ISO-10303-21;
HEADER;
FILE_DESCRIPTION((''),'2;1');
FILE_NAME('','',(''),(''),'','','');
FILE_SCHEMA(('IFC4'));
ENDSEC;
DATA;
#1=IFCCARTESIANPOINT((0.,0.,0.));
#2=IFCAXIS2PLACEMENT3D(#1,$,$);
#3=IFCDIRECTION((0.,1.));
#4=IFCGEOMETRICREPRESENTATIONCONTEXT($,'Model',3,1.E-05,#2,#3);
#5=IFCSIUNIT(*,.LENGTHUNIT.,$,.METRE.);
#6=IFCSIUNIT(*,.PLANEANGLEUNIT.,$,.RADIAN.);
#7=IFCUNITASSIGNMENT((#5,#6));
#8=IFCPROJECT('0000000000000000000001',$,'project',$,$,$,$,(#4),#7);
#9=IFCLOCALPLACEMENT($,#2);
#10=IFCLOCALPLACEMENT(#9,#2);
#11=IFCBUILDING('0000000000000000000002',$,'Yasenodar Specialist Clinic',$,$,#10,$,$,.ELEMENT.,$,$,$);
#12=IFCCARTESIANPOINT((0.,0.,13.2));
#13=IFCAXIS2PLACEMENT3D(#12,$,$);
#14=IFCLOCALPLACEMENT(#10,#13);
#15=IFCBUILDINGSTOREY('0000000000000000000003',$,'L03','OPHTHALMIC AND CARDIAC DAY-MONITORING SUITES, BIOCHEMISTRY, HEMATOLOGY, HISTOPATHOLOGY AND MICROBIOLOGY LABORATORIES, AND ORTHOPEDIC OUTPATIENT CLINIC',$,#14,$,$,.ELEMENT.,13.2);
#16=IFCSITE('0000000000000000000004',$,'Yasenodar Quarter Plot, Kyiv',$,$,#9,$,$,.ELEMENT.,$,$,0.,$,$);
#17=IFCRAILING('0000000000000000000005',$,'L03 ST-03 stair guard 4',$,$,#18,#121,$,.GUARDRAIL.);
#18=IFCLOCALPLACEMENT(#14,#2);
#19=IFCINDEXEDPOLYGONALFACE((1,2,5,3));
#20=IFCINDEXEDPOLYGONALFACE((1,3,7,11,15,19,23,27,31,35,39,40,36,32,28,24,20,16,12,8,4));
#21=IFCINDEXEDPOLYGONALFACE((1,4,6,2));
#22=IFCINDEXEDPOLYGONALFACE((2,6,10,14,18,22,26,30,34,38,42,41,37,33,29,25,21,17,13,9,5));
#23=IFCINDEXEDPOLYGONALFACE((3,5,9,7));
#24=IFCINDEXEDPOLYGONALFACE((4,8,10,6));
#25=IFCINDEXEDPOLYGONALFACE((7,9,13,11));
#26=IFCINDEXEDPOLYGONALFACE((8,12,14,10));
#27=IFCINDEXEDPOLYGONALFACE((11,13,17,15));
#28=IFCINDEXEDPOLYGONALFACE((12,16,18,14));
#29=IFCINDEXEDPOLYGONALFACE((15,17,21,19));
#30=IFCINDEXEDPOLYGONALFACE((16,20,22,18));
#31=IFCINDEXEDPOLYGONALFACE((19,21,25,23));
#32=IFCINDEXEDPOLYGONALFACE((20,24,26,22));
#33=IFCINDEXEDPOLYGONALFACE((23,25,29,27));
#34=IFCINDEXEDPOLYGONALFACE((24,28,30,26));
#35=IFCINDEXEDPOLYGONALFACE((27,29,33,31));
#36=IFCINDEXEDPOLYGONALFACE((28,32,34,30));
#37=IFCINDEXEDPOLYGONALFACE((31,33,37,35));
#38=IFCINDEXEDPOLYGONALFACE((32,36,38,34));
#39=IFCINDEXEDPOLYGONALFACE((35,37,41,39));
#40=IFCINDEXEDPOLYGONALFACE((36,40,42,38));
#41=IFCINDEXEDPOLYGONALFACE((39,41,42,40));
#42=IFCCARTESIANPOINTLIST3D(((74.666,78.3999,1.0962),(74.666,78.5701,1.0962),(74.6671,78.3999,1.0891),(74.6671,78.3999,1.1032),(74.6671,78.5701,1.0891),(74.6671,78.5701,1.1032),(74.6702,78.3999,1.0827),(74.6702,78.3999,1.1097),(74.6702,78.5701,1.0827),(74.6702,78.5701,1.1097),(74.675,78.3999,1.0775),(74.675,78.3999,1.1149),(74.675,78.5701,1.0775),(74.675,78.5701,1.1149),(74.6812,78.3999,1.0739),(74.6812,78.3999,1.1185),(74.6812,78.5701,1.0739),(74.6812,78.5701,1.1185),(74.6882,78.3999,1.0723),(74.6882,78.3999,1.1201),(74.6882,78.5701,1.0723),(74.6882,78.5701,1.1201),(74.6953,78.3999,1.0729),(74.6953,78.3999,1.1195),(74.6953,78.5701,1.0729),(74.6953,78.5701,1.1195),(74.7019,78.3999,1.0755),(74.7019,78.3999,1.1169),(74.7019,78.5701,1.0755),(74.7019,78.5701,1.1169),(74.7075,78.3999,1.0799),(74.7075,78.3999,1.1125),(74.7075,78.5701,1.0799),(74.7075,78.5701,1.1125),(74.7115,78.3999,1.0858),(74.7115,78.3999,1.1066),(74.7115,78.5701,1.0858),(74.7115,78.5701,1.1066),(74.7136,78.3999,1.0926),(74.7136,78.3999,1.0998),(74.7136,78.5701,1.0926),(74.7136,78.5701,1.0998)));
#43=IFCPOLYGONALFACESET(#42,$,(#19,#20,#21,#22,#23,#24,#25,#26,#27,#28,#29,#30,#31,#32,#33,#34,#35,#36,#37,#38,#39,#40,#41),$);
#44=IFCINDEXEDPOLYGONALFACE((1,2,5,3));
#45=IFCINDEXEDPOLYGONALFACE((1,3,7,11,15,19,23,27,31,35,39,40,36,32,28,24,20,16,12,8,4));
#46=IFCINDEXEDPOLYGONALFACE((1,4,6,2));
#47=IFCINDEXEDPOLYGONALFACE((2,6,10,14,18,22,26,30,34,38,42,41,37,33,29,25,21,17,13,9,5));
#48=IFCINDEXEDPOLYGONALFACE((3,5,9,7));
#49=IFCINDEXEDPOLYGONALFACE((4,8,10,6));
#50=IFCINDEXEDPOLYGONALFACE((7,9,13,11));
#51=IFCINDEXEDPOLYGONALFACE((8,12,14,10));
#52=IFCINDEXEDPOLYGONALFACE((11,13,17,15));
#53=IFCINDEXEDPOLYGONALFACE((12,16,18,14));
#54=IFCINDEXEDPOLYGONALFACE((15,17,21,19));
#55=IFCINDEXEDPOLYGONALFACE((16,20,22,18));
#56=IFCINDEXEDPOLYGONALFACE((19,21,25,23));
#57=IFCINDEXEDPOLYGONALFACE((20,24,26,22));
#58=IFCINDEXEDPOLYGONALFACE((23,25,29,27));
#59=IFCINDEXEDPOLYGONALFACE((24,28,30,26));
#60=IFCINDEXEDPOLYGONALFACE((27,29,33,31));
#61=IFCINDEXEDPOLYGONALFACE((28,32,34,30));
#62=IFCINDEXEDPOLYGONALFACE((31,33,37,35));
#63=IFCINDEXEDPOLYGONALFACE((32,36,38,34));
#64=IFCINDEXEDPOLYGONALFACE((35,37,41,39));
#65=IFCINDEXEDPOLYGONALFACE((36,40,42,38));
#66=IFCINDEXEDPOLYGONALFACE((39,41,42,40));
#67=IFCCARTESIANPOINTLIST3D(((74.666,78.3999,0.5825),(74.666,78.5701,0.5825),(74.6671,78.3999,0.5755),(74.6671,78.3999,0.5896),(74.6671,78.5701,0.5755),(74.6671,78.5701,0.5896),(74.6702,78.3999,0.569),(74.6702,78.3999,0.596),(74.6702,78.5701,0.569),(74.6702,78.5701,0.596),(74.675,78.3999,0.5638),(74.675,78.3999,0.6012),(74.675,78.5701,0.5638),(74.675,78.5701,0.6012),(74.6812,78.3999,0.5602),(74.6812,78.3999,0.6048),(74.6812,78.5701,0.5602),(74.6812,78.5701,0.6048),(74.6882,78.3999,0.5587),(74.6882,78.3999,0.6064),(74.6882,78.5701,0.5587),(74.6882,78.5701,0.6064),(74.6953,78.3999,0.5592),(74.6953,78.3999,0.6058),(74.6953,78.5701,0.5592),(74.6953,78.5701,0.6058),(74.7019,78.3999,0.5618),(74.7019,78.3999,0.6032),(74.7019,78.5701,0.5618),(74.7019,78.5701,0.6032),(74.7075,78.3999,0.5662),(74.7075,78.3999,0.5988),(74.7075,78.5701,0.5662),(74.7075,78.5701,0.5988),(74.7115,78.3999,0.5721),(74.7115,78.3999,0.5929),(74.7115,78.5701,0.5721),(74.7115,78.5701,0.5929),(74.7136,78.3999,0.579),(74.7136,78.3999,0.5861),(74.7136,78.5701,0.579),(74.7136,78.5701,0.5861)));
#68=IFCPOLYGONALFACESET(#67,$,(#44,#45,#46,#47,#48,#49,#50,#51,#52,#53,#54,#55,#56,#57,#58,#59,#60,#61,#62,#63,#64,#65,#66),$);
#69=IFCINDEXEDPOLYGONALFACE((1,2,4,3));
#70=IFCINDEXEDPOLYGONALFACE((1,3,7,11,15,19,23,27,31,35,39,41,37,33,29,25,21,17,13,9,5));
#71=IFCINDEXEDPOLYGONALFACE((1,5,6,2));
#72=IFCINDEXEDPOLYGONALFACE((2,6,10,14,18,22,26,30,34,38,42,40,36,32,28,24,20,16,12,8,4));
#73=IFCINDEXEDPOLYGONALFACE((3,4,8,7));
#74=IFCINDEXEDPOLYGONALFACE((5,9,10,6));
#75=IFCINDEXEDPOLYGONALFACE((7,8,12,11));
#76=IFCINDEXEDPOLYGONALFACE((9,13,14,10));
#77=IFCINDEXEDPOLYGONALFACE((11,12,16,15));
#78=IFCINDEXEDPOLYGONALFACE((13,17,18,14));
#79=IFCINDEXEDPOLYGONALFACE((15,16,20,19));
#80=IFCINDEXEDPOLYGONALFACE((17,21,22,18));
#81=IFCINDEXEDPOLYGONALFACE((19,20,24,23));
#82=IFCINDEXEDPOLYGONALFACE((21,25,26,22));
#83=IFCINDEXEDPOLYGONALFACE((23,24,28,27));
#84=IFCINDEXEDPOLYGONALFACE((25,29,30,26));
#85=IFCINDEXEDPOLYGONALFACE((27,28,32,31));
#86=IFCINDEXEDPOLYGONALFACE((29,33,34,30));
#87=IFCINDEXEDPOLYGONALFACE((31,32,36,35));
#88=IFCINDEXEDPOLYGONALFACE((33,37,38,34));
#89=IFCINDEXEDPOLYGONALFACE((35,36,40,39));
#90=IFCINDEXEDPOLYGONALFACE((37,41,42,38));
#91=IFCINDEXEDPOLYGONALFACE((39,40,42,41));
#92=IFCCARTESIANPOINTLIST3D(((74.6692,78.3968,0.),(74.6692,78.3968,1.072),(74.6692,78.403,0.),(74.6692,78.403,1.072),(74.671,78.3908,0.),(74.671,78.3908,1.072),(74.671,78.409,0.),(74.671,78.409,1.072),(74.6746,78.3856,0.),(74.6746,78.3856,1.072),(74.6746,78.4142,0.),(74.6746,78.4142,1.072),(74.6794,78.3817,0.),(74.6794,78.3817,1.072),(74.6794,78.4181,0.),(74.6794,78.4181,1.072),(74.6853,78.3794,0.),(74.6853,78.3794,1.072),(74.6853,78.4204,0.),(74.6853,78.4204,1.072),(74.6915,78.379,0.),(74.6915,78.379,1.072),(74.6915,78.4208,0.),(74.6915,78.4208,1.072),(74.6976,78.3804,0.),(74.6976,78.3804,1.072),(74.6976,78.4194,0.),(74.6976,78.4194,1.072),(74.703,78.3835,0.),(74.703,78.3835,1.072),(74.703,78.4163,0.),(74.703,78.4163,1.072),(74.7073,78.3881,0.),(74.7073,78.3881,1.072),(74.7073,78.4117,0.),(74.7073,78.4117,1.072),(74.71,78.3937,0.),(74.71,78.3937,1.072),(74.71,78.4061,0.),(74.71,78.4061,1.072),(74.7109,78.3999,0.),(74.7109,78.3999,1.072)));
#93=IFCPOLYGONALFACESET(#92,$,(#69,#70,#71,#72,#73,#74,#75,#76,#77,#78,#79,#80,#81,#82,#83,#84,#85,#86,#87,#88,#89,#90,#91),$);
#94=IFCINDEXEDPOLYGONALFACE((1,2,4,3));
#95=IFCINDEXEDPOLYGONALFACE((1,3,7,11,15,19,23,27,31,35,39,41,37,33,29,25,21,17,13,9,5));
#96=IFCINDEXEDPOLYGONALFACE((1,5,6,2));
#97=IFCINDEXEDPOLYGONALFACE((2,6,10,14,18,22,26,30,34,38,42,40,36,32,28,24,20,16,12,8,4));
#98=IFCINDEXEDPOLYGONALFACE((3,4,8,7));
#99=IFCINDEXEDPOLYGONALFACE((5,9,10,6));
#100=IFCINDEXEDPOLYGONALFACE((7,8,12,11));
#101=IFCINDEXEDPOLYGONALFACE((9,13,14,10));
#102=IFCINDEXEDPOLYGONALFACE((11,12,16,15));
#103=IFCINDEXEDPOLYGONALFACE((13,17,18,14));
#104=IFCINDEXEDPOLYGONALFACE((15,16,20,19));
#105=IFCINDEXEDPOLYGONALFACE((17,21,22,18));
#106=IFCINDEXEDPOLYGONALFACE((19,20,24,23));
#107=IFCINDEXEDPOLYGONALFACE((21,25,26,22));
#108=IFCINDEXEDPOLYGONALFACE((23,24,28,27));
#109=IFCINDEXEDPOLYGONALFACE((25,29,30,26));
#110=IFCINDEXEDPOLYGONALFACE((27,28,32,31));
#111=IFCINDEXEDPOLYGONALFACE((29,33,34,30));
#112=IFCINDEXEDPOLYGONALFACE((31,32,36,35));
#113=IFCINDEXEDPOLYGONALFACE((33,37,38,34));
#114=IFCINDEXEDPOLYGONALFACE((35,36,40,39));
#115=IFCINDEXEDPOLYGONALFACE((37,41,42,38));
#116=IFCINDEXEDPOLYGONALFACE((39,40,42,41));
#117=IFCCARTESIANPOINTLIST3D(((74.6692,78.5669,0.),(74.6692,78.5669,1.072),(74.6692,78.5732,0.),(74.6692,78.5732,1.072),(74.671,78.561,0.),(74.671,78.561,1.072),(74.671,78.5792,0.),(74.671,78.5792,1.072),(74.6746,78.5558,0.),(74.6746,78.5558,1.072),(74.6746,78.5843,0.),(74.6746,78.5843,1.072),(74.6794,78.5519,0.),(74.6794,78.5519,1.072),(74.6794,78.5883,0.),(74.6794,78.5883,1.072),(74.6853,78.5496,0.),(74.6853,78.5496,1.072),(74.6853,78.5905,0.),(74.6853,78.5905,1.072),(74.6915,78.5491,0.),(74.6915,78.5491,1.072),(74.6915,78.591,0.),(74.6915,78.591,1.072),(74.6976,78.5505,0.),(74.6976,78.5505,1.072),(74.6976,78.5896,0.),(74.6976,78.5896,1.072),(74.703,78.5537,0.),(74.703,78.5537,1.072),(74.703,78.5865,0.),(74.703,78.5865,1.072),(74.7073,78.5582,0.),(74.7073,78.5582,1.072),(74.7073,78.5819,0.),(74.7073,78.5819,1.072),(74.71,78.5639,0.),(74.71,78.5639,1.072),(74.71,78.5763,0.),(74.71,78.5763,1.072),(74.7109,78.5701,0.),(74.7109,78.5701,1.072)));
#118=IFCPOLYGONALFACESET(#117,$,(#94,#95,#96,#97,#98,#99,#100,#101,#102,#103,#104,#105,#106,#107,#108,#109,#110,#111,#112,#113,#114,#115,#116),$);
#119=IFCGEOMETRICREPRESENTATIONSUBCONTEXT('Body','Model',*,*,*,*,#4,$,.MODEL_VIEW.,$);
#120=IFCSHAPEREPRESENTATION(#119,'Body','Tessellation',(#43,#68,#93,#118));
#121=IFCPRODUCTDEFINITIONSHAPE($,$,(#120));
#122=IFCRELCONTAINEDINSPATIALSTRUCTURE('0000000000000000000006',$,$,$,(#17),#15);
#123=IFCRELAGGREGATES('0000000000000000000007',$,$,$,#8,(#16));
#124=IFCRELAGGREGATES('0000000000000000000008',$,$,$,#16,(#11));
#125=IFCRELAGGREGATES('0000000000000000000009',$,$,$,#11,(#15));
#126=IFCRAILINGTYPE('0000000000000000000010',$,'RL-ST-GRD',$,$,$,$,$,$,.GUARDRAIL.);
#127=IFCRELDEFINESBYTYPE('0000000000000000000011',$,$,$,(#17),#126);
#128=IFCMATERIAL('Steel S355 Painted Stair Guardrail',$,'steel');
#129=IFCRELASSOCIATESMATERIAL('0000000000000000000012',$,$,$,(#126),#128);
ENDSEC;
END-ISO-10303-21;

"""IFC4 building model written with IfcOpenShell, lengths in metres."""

from ifc_helpers import new_model, si_unit, direction, frame, origin, origin_2d, place, context, subcontext, project, spatial, circle, extrude, material, type_object, element, save


model = new_model("IFC4")

# Units and contexts
model_context = context("Model", 3, precision=1e-05, world=origin(), true_north=direction((0.0, 1.0)))
body_context = subcontext(model_context, "Body", "Model", "MODEL_VIEW")
ifc_project = project(units=[si_unit("LENGTHUNIT", "METRE"), si_unit("PLANEANGLEUNIT", "RADIAN")], contexts=[model_context])

# Site, building, storey
site_placement = place(None, origin())
site = spatial("IfcSite", under=ifc_project, at=site_placement, Name="Yasenodar Quarter Plot, Kyiv", CompositionType="ELEMENT", RefElevation=0.0)
building_placement = place(site_placement, origin())
building = spatial("IfcBuilding", under=site, at=building_placement, Name="Yasenodar Specialist Clinic", CompositionType="ELEMENT")
storey_placement = place(building_placement, frame((0.0, 0.0, 13.2)))
storey = spatial("IfcBuildingStorey", under=building, at=storey_placement, Name="L03", Description="OPHTHALMIC AND CARDIAC DAY-MONITORING SUITES, BIOCHEMISTRY, HEMATOLOGY, HISTOPATHOLOGY AND MICROBIOLOGY LABORATORIES, AND ORTHOPEDIC OUTPATIENT CLINIC", CompositionType="ELEMENT", Elevation=13.2)

# Railing
ifc_material_1 = material(Name="Steel S355 Painted Stair Guardrail", Category="steel")
railing_type_1 = type_object("IfcRailingType", Name="RL-ST-GRD", PredefinedType="GUARDRAIL", material=ifc_material_1)
railing_1_placement = place(storey_placement, frame((74.6899, 78.3999, 0.0)))
element("IfcRailing", 1, at=railing_1_placement, inside=storey, type_object=railing_type_1, Name="L03 ST-03 stair guard 4", PredefinedType="GUARDRAIL", context=body_context, shape_type="SweptSolid", body=[
    extrude(circle(Radius=0.0239, at=origin_2d()), frame((0.0, 0.0, 1.0962), z_axis=(0.0, 1.0, 0.0), x_axis=(-1.0, 0.0, 0.0)), (0.0, 0.0, 1.0), 0.1702),
    extrude(circle(Radius=0.0239, at=origin_2d()), frame((0.0, 0.0, 0.5825), z_axis=(0.0, 1.0, 0.0), x_axis=(-1.0, 0.0, 0.0)), (0.0, 0.0, 1.0), 0.1702),
    extrude(circle(Radius=0.021, at=origin_2d()), origin(), (0.0, 0.0, 1.0), 1.072),
    extrude(circle(Radius=0.021, at=origin_2d()), frame((0.0, 0.1702, 0.0)), (0.0, 0.0, 1.0), 1.072),
])

save(model, "model.ifc")
